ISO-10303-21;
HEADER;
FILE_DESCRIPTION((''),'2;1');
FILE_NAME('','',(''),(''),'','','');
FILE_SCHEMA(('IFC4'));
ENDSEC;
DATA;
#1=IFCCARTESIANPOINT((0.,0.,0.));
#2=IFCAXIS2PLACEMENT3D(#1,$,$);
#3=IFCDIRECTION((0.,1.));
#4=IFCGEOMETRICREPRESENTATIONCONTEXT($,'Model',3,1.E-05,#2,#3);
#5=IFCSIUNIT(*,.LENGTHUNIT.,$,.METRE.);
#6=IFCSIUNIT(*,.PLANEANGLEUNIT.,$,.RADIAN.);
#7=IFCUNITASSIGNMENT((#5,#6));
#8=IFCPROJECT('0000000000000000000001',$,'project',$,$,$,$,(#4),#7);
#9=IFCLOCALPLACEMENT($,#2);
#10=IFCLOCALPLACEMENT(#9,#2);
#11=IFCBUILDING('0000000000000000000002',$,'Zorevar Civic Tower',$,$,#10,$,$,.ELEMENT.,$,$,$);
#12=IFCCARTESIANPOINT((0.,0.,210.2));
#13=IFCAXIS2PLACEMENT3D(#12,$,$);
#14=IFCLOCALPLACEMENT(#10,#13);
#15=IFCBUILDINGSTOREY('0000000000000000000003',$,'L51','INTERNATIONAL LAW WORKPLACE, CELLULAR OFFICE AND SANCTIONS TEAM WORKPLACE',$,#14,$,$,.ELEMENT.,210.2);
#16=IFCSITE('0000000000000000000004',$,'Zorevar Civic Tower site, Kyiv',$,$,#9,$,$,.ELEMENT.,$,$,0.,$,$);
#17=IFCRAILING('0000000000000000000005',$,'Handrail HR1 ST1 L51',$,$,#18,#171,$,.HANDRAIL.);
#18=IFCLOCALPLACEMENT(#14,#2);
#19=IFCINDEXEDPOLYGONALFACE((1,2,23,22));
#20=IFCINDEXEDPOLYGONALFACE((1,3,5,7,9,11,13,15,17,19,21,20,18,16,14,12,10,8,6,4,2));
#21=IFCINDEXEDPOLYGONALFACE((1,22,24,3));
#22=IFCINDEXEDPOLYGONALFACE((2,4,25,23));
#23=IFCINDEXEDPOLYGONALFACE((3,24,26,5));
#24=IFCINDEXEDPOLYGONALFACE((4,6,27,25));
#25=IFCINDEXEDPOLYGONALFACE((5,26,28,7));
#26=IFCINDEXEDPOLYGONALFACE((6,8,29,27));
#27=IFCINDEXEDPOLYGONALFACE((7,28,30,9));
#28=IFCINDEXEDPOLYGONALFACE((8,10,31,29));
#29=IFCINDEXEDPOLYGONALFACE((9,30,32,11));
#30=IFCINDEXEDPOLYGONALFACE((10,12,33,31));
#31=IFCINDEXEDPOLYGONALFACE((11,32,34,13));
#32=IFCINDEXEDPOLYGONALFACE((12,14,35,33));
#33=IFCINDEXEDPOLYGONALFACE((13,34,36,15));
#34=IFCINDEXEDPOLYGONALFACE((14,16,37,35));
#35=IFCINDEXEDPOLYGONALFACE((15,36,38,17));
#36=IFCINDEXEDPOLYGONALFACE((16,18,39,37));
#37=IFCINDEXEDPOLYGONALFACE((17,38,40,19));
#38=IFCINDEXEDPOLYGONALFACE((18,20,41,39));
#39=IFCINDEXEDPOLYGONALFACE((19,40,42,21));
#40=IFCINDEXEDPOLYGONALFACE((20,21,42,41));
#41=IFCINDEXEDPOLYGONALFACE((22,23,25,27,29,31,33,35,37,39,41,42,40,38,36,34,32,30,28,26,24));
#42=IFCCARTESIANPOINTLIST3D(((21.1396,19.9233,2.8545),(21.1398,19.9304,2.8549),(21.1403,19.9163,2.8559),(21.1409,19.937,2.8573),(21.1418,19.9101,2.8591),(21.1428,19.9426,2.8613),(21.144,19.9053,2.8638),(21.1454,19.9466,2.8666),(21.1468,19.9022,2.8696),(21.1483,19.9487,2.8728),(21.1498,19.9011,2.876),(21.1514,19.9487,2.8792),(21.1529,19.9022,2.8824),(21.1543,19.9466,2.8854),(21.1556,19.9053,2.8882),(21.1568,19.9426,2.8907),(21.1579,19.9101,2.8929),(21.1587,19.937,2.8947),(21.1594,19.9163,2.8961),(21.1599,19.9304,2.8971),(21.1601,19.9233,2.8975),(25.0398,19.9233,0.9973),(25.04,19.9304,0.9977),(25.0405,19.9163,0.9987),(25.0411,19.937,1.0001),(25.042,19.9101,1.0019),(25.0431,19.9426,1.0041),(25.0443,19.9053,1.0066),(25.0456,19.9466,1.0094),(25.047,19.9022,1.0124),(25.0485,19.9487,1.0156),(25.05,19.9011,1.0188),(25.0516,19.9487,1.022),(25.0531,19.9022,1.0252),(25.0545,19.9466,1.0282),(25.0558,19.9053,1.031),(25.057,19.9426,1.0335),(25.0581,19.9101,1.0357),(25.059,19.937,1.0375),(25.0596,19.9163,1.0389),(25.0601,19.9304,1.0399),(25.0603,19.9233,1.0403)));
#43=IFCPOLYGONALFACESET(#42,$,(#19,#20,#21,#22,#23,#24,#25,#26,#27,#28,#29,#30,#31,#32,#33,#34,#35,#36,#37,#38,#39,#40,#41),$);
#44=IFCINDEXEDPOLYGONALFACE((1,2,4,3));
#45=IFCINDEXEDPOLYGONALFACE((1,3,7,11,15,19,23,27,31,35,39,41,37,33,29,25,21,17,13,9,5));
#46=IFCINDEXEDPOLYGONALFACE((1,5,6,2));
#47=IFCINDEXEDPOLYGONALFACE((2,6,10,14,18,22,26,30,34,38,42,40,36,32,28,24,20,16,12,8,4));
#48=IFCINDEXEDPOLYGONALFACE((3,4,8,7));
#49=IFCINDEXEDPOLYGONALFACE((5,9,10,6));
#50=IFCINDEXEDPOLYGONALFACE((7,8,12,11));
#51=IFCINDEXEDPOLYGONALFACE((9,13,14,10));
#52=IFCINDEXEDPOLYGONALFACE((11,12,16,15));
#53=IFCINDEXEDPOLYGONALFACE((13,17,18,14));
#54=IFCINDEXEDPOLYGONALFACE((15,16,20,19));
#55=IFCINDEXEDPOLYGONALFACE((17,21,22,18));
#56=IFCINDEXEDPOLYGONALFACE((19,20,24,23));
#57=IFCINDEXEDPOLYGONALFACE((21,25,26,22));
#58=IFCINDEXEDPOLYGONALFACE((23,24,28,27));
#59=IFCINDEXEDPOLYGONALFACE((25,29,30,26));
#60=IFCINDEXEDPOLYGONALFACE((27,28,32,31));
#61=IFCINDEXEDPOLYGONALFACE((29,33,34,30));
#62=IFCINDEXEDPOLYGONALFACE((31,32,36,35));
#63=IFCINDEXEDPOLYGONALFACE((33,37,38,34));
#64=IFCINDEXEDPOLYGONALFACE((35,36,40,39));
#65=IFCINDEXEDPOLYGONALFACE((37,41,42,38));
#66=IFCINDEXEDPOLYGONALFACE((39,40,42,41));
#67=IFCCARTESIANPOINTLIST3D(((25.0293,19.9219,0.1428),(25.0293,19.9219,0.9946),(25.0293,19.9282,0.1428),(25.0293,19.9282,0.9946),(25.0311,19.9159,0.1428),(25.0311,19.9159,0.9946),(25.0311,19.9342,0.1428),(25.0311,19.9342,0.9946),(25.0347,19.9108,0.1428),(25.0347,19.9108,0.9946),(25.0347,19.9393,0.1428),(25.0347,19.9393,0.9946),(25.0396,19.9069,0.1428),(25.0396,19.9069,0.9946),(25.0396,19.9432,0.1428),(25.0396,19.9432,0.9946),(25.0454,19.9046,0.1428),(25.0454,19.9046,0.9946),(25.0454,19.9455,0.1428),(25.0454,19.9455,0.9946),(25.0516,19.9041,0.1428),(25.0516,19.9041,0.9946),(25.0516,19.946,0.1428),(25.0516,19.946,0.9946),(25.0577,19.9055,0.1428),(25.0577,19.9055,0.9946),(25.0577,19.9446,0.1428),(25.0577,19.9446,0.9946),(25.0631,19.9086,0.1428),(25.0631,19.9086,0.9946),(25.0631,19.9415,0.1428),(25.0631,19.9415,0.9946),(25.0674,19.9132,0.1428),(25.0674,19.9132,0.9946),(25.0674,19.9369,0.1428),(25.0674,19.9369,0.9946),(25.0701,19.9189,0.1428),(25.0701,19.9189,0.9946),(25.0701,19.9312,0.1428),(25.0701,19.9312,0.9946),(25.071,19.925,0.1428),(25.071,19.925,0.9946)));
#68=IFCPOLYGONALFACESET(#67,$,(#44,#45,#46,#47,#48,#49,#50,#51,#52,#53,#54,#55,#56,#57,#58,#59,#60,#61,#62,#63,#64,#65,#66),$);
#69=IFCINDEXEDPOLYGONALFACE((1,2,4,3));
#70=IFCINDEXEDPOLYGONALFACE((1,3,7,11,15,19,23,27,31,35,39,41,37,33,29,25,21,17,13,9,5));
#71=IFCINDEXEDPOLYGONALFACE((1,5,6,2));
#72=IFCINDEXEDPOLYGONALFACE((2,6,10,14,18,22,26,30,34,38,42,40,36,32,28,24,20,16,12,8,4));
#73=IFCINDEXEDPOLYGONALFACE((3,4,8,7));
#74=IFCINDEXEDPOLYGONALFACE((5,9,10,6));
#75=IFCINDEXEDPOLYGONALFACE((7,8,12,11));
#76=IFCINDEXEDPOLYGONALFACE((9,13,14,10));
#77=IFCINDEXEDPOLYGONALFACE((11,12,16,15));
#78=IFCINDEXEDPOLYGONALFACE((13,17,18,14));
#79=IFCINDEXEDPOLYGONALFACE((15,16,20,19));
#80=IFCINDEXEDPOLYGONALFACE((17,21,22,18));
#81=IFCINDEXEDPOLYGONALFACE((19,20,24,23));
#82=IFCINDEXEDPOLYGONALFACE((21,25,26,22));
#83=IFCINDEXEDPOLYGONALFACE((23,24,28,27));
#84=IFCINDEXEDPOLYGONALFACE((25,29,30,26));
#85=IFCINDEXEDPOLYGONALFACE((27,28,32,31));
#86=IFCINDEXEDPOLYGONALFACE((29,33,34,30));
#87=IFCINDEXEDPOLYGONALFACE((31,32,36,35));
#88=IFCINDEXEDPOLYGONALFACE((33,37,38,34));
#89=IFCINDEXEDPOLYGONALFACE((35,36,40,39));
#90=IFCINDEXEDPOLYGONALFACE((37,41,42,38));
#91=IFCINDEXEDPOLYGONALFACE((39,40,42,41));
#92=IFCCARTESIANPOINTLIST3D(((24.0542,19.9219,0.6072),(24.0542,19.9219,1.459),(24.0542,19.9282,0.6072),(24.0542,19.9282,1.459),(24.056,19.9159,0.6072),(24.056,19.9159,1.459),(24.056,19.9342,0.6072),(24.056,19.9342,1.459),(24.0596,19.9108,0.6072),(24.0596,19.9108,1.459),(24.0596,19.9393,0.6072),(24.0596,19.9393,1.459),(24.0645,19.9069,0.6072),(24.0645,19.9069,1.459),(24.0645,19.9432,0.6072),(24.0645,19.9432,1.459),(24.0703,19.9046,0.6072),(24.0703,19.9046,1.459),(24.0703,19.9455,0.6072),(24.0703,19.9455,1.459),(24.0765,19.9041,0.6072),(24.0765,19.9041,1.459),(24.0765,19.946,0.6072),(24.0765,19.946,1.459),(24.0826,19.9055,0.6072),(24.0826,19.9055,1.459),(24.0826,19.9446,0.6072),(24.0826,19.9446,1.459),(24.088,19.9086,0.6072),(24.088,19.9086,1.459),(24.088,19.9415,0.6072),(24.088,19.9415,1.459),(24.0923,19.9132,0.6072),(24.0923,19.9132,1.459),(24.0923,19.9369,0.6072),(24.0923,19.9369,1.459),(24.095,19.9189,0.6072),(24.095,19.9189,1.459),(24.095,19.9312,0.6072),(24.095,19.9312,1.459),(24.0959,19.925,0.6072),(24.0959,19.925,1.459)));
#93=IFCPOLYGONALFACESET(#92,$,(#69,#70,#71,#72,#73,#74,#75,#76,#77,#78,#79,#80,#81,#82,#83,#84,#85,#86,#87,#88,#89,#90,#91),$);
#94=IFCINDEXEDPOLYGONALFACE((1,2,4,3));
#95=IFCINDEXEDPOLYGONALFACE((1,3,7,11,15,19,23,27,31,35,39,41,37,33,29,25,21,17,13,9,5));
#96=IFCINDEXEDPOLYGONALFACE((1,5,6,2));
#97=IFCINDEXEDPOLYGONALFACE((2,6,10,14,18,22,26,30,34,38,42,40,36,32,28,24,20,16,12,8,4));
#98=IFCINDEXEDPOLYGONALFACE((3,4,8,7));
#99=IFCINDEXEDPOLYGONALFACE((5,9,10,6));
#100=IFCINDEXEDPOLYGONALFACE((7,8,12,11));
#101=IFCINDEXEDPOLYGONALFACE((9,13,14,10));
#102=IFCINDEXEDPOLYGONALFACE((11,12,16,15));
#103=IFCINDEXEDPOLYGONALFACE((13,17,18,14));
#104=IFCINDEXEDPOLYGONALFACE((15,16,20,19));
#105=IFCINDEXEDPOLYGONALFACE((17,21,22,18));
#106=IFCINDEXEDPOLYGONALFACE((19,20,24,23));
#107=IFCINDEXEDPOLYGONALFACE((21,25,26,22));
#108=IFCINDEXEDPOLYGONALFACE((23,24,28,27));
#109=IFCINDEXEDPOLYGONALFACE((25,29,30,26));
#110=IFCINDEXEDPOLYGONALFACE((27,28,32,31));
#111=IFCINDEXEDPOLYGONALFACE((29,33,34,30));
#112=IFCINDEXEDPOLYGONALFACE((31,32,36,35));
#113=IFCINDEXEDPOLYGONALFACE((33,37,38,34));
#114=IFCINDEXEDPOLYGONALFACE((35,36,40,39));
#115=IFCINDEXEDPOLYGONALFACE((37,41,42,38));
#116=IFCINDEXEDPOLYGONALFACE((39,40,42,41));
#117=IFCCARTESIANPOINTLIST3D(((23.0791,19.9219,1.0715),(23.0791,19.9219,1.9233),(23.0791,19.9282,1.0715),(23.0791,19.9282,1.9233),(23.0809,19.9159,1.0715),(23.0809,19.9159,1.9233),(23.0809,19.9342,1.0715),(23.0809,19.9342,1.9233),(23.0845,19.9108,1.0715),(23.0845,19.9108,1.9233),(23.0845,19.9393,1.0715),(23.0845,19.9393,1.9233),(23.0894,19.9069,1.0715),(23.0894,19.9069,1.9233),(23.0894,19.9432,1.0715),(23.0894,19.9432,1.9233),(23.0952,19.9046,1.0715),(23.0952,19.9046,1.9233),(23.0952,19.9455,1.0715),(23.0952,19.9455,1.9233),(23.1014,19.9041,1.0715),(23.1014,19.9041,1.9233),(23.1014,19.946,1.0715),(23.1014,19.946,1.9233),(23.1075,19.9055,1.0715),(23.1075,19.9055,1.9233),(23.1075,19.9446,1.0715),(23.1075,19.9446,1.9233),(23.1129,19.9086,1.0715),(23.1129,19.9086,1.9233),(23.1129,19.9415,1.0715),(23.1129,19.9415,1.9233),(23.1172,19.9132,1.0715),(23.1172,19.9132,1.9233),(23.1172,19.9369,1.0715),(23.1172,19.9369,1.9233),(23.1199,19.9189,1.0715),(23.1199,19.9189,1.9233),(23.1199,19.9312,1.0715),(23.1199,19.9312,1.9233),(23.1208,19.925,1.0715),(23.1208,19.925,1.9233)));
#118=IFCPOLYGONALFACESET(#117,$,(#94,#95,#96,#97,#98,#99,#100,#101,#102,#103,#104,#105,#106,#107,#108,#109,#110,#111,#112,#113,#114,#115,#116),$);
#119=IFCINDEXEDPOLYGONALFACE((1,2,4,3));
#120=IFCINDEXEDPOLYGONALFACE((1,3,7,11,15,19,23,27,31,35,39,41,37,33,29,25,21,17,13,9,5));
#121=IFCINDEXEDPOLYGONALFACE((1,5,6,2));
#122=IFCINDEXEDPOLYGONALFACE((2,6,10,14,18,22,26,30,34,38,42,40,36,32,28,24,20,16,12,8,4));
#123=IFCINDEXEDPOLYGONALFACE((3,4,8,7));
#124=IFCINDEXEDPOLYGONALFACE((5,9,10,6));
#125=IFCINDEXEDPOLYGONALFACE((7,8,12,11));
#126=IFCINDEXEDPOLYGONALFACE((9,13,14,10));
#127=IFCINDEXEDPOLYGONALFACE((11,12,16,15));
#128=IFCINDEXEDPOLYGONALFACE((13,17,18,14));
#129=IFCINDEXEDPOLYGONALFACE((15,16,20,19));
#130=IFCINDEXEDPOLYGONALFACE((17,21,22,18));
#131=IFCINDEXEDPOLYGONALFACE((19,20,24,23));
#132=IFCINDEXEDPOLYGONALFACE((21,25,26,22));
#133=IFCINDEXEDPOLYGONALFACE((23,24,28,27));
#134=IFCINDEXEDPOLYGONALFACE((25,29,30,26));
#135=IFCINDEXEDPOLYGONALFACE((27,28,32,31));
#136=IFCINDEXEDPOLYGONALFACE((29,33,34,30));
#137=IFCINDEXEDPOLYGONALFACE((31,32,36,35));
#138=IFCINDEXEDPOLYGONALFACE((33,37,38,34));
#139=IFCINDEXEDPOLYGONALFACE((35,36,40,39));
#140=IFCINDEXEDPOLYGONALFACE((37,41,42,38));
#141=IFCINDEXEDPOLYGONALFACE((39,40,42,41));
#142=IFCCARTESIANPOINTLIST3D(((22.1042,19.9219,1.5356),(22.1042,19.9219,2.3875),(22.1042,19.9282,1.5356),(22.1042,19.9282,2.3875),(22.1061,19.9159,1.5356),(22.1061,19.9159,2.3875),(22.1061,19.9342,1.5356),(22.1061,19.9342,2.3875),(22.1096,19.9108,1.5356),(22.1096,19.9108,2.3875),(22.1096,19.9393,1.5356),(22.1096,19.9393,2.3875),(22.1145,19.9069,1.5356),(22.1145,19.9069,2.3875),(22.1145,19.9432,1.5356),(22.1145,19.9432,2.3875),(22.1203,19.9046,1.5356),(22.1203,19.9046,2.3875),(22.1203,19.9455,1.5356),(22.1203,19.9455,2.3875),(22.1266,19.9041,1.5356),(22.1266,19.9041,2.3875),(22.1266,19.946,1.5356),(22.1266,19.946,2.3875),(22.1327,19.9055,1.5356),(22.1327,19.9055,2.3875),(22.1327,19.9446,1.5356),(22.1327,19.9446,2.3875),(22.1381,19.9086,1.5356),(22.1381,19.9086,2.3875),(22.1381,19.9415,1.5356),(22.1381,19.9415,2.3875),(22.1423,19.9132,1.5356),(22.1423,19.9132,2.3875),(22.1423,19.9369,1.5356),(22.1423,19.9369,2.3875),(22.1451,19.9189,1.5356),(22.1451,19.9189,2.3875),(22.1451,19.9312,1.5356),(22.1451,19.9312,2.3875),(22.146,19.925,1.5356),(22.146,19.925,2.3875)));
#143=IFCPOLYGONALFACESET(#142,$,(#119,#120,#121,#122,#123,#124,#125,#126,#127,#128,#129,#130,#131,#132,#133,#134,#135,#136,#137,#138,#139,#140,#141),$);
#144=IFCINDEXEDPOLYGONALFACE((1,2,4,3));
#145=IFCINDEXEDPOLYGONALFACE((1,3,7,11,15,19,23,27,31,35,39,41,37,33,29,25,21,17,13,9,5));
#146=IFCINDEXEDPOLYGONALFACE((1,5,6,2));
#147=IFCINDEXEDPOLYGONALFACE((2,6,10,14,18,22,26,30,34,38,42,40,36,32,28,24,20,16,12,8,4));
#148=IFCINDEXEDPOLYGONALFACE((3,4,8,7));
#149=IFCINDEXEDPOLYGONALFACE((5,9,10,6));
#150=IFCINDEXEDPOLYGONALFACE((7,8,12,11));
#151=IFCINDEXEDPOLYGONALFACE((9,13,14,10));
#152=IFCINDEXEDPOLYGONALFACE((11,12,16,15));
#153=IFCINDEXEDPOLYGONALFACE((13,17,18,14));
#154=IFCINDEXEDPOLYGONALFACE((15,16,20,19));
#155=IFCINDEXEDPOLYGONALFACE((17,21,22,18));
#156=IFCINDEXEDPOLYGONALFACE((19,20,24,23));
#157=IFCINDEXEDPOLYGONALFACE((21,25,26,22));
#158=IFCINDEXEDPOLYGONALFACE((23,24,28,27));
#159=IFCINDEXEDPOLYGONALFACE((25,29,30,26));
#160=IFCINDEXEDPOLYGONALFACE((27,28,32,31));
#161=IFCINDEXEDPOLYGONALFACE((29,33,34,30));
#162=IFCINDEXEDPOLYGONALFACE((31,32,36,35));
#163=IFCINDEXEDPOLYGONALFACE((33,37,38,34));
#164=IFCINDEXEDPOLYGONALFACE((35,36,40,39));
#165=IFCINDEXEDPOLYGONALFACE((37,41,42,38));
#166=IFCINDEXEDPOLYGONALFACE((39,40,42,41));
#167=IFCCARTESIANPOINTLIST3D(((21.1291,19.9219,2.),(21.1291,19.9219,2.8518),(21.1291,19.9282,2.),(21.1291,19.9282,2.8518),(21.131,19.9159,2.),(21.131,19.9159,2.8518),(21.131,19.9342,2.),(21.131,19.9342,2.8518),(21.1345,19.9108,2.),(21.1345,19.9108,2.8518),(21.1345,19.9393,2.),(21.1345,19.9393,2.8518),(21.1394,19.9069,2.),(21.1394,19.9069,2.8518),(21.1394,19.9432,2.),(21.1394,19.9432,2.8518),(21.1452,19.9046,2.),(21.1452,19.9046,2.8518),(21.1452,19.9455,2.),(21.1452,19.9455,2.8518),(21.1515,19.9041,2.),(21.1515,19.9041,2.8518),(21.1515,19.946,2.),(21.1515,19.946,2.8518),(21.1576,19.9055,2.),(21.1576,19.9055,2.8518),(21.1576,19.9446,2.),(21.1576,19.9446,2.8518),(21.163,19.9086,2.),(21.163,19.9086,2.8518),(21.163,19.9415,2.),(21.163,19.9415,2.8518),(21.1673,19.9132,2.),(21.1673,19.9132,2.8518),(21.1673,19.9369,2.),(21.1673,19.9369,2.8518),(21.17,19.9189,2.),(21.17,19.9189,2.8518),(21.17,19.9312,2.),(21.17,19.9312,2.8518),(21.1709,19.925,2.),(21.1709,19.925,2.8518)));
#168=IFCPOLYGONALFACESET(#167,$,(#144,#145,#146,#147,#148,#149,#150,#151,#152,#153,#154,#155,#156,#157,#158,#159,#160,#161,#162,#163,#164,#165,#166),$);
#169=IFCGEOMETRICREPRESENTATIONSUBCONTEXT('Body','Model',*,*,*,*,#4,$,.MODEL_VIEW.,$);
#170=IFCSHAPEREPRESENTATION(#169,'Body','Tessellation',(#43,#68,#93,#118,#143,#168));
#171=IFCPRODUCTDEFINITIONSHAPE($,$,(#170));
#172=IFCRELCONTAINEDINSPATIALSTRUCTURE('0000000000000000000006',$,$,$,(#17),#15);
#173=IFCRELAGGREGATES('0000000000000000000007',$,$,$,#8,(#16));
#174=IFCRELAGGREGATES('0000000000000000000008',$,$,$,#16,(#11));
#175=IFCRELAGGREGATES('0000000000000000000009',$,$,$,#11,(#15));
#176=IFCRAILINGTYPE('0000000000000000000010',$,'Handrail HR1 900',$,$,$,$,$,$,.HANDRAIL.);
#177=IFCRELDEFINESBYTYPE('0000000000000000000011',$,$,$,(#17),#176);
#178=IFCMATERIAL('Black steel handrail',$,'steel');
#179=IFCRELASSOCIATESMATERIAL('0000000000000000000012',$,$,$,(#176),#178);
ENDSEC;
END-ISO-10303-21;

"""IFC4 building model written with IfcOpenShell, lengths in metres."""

from ifc_helpers import new_model, si_unit, direction, frame, origin, origin_2d, place, context, subcontext, project, spatial, circle, extrude, material, type_object, element, save


model = new_model("IFC4")

# Units and contexts
model_context = context("Model", 3, precision=1e-05, world=origin(), true_north=direction((0.0, 1.0)))
body_context = subcontext(model_context, "Body", "Model", "MODEL_VIEW")
ifc_project = project(units=[si_unit("LENGTHUNIT", "METRE"), si_unit("PLANEANGLEUNIT", "RADIAN")], contexts=[model_context])

# Site, building, storey
site_placement = place(None, origin())
site = spatial("IfcSite", under=ifc_project, at=site_placement, Name="Zorevar Civic Tower site, Kyiv", CompositionType="ELEMENT", RefElevation=0.0)
building_placement = place(site_placement, origin())
building = spatial("IfcBuilding", under=site, at=building_placement, Name="Zorevar Civic Tower", CompositionType="ELEMENT")
storey_placement = place(building_placement, frame((0.0, 0.0, 210.2)))
storey = spatial("IfcBuildingStorey", under=building, at=storey_placement, Name="L51", Description="INTERNATIONAL LAW WORKPLACE, CELLULAR OFFICE AND SANCTIONS TEAM WORKPLACE", CompositionType="ELEMENT", Elevation=210.2)

# Railing
ifc_material_1 = material(Name="Black steel handrail", Category="steel")
railing_type = type_object("IfcRailingType", Name="Handrail HR1 900", PredefinedType="HANDRAIL", material=ifc_material_1)
railing_1_placement = place(storey_placement, frame((25.05, 19.925, 0.1428)))
element("IfcRailing", 1, at=railing_1_placement, inside=storey, type_object=railing_type, Name="Handrail HR1 ST1 L51", PredefinedType="HANDRAIL", context=body_context, shape_type="SweptSolid", body=[
    extrude(circle(Radius=0.0239, at=origin_2d()), frame((0.0, 0.0, 0.876), z_axis=(-0.902864, 0.0, 0.429927), x_axis=(0.0, -1.0, 0.0)), (0.0, 0.0, 1.0), 4.3198),
    extrude(circle(Radius=0.021, at=origin_2d()), origin(), (0.0, 0.0, 1.0), 0.8518),
    extrude(circle(Radius=0.021, at=origin_2d()), frame((-0.9751, 0.0, 0.4644)), (0.0, 0.0, 1.0), 0.8518),
    extrude(circle(Radius=0.021, at=origin_2d()), frame((-1.9502, 0.0, 0.9287)), (0.0, 0.0, 1.0), 0.8518),
    extrude(circle(Radius=0.021, at=origin_2d()), frame((-2.925, 0.0, 1.3928)), (0.0, 0.0, 1.0), 0.8518),
    extrude(circle(Radius=0.021, at=origin_2d()), frame((-3.9001, 0.0, 1.8572)), (0.0, 0.0, 1.0), 0.8518),
])

save(model, "model.ifc")
